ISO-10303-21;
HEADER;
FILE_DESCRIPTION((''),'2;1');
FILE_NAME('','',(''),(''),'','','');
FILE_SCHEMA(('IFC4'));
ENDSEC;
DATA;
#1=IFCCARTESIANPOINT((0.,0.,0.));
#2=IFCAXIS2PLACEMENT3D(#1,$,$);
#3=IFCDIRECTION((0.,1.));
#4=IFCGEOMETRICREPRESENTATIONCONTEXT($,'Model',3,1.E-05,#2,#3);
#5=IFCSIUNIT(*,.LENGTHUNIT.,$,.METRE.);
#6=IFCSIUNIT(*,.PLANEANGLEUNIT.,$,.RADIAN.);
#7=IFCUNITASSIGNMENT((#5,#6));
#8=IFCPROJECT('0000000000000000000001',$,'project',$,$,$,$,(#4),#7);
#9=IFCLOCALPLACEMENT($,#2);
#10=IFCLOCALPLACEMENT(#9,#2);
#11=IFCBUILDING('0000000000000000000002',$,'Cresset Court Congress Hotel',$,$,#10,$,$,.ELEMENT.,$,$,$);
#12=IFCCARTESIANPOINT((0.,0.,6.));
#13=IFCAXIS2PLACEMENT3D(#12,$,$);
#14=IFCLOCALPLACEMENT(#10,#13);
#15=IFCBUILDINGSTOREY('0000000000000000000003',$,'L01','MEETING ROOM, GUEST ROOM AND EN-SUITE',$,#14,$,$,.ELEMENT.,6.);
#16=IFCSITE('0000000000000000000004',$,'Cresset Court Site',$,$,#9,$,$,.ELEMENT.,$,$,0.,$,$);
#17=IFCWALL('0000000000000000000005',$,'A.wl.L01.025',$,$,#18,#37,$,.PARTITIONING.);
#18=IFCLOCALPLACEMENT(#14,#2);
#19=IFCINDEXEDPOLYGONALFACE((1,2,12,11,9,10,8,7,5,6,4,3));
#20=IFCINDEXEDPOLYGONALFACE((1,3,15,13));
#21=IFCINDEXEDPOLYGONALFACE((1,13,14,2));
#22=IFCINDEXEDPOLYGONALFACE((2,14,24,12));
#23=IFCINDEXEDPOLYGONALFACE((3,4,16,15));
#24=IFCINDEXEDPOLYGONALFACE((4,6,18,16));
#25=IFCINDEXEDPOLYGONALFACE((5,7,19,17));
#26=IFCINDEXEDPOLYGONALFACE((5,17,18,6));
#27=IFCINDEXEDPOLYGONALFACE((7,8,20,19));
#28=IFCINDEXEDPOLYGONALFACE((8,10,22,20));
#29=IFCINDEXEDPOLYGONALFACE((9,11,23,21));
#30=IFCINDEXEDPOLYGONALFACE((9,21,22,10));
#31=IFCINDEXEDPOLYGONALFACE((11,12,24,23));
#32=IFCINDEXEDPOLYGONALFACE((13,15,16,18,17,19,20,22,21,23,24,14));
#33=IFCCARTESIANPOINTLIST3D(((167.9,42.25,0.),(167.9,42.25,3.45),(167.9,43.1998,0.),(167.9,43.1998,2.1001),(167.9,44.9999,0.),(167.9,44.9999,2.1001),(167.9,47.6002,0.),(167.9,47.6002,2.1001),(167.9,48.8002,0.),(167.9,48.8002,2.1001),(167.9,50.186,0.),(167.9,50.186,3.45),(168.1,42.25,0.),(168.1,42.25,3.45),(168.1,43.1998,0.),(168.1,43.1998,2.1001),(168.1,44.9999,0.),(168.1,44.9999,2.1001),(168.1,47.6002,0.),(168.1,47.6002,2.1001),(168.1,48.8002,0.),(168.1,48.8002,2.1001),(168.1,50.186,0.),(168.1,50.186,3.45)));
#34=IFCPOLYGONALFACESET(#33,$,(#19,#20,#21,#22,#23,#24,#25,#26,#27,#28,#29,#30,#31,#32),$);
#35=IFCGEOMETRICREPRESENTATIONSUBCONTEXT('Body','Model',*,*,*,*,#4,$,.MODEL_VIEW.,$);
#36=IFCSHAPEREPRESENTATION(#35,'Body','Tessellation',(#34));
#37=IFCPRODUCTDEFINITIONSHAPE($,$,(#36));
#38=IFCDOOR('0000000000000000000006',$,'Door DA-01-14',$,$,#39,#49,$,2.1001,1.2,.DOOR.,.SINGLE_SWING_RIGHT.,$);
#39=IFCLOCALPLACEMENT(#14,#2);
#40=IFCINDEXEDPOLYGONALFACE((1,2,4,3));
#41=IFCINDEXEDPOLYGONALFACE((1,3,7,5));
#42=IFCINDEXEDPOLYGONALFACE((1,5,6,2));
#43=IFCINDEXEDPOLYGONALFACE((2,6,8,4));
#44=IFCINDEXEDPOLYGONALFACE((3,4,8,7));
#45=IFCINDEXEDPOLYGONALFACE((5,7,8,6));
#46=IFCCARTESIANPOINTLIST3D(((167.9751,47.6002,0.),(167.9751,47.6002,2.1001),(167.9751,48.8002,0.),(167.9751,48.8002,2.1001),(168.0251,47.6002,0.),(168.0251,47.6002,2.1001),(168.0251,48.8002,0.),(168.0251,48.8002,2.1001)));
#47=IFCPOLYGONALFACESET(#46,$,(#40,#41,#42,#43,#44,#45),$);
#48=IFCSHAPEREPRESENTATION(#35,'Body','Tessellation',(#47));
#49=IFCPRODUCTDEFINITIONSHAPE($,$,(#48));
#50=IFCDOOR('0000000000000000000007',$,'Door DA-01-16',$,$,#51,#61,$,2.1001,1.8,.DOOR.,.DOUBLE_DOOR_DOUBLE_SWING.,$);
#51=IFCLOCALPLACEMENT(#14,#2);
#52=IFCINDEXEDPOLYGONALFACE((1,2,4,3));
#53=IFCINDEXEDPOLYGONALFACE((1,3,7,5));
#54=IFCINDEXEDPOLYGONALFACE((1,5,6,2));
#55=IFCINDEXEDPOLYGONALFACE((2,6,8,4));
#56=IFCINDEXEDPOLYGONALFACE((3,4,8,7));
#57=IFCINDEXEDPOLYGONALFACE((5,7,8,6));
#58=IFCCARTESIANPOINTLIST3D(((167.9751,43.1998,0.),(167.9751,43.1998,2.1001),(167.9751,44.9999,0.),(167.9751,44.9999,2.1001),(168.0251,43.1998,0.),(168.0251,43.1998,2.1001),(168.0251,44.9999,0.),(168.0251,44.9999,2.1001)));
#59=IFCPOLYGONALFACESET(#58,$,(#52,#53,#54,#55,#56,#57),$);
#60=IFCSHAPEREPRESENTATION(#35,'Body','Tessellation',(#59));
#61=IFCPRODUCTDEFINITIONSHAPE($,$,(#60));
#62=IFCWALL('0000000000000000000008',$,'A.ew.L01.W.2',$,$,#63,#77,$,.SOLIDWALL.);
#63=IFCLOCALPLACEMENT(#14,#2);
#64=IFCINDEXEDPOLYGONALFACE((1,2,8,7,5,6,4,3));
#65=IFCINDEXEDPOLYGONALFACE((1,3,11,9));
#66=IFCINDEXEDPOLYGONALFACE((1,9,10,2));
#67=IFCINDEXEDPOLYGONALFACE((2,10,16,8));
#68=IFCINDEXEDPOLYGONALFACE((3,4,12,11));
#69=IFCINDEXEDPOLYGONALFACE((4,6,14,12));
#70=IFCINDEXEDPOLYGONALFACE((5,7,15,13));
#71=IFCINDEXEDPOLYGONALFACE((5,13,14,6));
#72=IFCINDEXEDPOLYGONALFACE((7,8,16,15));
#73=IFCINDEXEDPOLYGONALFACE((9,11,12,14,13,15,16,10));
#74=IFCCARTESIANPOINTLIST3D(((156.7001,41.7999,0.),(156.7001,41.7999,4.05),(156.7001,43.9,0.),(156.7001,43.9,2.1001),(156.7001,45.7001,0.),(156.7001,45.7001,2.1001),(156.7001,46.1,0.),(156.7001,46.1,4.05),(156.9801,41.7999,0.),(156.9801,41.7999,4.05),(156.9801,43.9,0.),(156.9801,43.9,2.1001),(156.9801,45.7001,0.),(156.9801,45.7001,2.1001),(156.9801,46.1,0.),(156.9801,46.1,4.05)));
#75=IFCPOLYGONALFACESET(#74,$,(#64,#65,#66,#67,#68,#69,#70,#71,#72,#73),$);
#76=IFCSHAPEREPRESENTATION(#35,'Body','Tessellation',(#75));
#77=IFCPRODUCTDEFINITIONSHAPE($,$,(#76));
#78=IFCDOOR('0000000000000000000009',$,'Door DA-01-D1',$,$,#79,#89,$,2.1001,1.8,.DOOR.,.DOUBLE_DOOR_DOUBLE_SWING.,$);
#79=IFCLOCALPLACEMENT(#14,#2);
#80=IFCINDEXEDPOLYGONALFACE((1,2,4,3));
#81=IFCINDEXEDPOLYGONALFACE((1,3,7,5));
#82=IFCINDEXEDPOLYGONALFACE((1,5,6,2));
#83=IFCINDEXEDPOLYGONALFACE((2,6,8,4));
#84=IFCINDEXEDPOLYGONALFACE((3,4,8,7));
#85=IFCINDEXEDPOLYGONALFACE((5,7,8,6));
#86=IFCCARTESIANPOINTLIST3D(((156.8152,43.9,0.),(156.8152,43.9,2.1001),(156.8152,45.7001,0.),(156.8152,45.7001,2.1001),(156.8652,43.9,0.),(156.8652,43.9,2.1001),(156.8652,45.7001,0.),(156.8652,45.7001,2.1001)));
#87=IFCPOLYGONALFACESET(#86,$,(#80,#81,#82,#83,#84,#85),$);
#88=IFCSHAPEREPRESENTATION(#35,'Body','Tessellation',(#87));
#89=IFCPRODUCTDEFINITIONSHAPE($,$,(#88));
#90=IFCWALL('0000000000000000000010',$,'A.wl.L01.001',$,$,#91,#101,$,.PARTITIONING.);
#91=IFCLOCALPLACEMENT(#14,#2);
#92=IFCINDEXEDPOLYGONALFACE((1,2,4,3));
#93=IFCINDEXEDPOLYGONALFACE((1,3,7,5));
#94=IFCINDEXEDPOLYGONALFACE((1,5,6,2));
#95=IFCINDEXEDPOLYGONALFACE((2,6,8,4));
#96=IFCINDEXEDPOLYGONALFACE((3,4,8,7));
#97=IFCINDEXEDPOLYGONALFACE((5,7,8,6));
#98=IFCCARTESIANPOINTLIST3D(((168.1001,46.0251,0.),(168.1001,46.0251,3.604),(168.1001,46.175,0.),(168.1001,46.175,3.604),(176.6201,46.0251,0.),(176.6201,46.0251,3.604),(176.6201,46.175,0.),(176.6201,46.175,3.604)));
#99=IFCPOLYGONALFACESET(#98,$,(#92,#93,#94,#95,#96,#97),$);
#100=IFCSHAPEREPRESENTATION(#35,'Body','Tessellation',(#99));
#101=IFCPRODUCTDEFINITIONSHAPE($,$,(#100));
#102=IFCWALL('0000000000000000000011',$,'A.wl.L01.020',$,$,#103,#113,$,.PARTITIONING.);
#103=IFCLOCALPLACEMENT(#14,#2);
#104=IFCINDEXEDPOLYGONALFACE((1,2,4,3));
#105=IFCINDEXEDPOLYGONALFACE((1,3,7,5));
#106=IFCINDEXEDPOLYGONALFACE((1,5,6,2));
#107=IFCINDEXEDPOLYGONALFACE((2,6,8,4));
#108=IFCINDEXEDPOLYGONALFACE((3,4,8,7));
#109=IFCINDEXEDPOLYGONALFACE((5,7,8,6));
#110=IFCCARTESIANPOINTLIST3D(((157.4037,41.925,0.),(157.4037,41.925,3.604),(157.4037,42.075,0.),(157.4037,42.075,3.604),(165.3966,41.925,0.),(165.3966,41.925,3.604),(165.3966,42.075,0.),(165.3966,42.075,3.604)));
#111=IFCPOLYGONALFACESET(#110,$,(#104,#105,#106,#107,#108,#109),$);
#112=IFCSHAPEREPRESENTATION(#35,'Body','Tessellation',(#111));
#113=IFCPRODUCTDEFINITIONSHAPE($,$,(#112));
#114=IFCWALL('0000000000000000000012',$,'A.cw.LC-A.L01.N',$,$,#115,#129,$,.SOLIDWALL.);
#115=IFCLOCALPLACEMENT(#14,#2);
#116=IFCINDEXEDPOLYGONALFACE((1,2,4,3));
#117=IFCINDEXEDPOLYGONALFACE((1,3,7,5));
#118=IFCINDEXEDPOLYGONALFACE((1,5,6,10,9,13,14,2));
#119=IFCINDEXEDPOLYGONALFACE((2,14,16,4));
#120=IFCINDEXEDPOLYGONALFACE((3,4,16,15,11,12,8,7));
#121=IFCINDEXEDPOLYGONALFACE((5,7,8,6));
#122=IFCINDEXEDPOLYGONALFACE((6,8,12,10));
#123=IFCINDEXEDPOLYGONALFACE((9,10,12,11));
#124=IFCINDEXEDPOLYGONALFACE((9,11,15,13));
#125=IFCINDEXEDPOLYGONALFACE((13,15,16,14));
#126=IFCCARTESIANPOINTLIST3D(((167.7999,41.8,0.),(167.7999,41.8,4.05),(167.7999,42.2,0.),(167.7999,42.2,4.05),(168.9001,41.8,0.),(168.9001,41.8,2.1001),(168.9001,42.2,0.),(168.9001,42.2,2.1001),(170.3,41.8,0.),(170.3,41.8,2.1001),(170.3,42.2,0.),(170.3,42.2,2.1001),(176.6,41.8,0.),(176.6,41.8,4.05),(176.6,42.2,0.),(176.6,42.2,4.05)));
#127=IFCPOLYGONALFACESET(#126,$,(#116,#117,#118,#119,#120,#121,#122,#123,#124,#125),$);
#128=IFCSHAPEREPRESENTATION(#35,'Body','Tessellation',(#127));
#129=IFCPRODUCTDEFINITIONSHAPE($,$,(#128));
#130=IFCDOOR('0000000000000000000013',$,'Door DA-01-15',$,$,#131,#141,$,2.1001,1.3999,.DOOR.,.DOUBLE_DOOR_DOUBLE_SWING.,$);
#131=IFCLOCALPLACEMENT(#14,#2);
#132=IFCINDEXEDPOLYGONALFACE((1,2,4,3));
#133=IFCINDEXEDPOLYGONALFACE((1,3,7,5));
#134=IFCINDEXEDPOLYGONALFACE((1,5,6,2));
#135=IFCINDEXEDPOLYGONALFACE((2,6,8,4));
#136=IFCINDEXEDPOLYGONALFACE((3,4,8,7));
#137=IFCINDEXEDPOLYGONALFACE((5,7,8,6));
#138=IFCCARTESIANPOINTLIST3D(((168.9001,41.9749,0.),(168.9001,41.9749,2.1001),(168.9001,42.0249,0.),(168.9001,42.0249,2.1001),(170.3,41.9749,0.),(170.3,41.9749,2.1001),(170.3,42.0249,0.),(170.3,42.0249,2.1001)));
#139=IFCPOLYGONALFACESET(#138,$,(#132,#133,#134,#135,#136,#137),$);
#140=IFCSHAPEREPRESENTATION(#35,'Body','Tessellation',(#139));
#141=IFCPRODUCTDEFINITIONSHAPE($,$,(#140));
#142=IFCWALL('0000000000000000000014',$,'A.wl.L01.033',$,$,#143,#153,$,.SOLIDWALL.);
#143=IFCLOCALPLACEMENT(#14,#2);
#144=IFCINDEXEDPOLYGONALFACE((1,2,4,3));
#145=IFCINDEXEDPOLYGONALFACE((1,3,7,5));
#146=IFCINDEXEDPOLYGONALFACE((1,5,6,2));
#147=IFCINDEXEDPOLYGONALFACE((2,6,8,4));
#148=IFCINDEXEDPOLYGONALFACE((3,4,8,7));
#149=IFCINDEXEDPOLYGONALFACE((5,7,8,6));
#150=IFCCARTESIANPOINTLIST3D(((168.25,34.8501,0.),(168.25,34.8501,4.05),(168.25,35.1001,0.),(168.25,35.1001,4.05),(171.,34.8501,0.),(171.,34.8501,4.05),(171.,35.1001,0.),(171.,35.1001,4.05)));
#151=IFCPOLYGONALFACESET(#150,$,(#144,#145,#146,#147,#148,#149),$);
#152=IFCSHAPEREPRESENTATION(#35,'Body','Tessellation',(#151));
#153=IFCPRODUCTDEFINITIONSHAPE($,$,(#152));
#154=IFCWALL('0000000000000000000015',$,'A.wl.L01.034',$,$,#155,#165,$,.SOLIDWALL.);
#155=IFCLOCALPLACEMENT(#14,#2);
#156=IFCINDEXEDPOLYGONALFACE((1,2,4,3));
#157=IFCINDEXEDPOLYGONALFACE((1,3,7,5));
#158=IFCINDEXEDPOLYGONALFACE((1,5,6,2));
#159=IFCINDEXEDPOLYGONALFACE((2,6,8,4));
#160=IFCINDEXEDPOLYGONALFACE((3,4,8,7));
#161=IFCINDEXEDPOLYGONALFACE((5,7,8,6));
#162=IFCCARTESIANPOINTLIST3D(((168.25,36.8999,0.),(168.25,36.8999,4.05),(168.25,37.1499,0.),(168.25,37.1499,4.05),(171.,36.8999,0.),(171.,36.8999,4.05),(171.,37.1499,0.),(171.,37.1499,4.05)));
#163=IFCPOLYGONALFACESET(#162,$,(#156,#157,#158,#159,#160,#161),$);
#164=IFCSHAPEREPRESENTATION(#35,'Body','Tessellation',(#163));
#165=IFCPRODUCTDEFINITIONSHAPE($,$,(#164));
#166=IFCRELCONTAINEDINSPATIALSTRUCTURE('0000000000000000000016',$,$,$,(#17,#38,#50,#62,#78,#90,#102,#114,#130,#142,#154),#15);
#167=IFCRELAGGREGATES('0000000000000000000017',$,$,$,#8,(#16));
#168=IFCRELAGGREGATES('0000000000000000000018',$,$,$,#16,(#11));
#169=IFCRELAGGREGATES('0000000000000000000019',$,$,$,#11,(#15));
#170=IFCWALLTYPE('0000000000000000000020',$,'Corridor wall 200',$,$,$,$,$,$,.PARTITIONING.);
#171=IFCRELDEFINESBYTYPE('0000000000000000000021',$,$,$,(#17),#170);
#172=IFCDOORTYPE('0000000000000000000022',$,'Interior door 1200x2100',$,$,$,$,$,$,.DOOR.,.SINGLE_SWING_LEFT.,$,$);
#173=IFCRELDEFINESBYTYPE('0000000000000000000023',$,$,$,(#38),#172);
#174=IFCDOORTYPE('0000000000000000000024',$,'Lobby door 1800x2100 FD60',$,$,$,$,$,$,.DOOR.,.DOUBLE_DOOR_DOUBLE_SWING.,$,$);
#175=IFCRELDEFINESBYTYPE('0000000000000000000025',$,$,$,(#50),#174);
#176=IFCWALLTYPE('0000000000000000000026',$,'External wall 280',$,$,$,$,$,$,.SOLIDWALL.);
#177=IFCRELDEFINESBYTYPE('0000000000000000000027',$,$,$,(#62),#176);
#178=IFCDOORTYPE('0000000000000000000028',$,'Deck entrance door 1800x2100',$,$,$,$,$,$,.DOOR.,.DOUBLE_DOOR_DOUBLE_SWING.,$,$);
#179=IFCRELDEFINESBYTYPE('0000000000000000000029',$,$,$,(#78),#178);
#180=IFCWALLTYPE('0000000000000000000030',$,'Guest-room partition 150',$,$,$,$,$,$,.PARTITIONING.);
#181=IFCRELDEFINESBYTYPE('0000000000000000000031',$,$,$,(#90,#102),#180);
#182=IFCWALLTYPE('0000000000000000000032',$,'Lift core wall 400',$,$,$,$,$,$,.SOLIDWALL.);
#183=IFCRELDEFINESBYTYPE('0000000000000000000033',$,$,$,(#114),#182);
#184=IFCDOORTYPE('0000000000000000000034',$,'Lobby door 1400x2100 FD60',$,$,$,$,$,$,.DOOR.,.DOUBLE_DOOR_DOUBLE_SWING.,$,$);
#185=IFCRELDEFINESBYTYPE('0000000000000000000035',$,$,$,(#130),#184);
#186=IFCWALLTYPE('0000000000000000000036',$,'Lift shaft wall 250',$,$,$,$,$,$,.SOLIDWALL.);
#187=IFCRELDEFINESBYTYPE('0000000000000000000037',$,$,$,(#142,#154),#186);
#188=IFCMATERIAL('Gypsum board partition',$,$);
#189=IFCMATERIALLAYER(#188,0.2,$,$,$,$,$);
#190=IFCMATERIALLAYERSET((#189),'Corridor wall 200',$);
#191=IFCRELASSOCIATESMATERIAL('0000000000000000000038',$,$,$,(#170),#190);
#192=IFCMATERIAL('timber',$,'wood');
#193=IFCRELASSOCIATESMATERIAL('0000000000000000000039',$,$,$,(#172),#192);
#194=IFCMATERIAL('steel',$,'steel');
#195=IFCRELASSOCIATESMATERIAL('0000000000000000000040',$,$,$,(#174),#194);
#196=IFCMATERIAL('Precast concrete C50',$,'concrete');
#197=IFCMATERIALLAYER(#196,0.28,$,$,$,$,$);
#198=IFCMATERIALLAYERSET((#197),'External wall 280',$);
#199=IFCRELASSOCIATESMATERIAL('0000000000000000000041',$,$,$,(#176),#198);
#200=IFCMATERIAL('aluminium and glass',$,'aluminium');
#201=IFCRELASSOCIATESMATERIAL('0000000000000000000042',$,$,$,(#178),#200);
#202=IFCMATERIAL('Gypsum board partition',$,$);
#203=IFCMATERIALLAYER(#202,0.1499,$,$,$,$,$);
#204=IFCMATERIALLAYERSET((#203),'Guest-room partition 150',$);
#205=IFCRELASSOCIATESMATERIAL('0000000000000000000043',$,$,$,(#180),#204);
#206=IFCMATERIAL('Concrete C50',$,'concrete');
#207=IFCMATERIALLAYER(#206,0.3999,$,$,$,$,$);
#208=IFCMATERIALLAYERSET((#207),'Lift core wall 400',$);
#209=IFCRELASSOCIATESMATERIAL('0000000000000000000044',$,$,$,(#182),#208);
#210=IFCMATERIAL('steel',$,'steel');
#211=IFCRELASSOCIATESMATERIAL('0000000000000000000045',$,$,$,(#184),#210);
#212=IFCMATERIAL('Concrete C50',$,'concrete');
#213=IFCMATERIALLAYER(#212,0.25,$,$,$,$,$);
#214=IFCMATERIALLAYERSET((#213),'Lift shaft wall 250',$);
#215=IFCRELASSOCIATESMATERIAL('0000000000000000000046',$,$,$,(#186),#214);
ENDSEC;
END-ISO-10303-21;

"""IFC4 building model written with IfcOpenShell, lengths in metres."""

from ifc_helpers import new_model, si_unit, direction, frame, frame_2d, origin, place, context, subcontext, project, spatial, rectangle, extrude, material, layer, layer_set, type_object, element, fill, save


model = new_model("IFC4")

# Units and contexts
model_context = context("Model", 3, precision=1e-05, world=origin(), true_north=direction((0.0, 1.0)))
body_context = subcontext(model_context, "Body", "Model", "MODEL_VIEW")
ifc_project = project(units=[si_unit("LENGTHUNIT", "METRE"), si_unit("PLANEANGLEUNIT", "RADIAN")], contexts=[model_context])

# Site, building, storey
site_placement = place(None, origin())
site = spatial("IfcSite", under=ifc_project, at=site_placement, Name="Cresset Court Site", CompositionType="ELEMENT", RefElevation=0.0)
building_placement = place(site_placement, origin())
building = spatial("IfcBuilding", under=site, at=building_placement, Name="Cresset Court Congress Hotel", CompositionType="ELEMENT")
storey_placement = place(building_placement, frame((0.0, 0.0, 6.0)))
storey = spatial("IfcBuildingStorey", under=building, at=storey_placement, Name="L01", Description="MEETING ROOM, GUEST ROOM AND EN-SUITE", CompositionType="ELEMENT", Elevation=6.0)

# Shared definitions
ifc_material_1 = material(Name="Gypsum board partition")
ifc_layer_1 = layer(ifc_material_1, 0.2)
ifc_layer_set_1 = layer_set([ifc_layer_1], Name="Corridor wall 200")
wall_type_1 = type_object("IfcWallType", Name="Corridor wall 200", PredefinedType="PARTITIONING", material=ifc_layer_set_1)

# Wall, openings, doors
wall_1_placement = place(storey_placement, frame((168.0, 42.25, 0.0), z_axis=(0.0, 0.0, 1.0), x_axis=(0.0, 1.0, 0.0)))
wall_1 = element("IfcWall", 1, at=wall_1_placement, inside=storey, type_object=wall_type_1, Name="A.wl.L01.025", PredefinedType="PARTITIONING", context=body_context, shape_type="SweptSolid", body=[
    extrude(rectangle(XDim=7.936, YDim=0.2, at=frame_2d((3.968, 0.0))), origin(), (0.0, 0.0, 1.0), 3.45),
])
opening_1_placement = place(wall_1_placement, frame((5.3501, 0.0, 0.0)))
opening_1 = element("IfcOpeningElement", 2, at=opening_1_placement, cuts=wall_1, PredefinedType="OPENING", context=body_context, shape_type="SweptSolid", body=[
    extrude(rectangle(XDim=1.2, YDim=2.1001, at=frame_2d((0.6001, 1.05))), frame((0.0, 0.1099, 0.0), z_axis=(0.0, -1.0, 0.0), x_axis=(1.0, 0.0, 0.0)), (0.0, 0.0, 1.0), 0.22),
])
opening_2_placement = place(wall_1_placement, frame((0.95, 0.0, 0.0)))
opening_2 = element("IfcOpeningElement", 3, at=opening_2_placement, cuts=wall_1, PredefinedType="OPENING", context=body_context, shape_type="SweptSolid", body=[
    extrude(rectangle(XDim=1.8, YDim=2.1001, at=frame_2d((0.8999, 1.05))), frame((0.0, 0.1099, 0.0), z_axis=(0.0, -1.0, 0.0), x_axis=(1.0, 0.0, 0.0)), (0.0, 0.0, 1.0), 0.22),
])
ifc_material_2 = material(Name="timber", Category="wood")
door_type_1 = type_object("IfcDoorType", Name="Interior door 1200x2100", OperationType="SINGLE_SWING_LEFT", PredefinedType="DOOR", material=ifc_material_2)
door_1_placement = place(opening_1_placement, origin())
door_1 = element("IfcDoor", 4, at=door_1_placement, inside=storey, type_object=door_type_1, Name="Door DA-01-14", OperationType="SINGLE_SWING_RIGHT", OverallHeight=2.1001, OverallWidth=1.2, PredefinedType="DOOR", context=body_context, shape_type="SweptSolid", body=[
    extrude(rectangle(XDim=1.2, YDim=2.1001, at=frame_2d((0.6001, 1.05))), frame((0.0, 0.0249, 0.0), z_axis=(0.0, -1.0, 0.0), x_axis=(1.0, 0.0, 0.0)), (0.0, 0.0, 1.0), 0.05),
])
fill(opening_1, door_1)
ifc_material_3 = material(Name="steel", Category="steel")
door_type_2 = type_object("IfcDoorType", Name="Lobby door 1800x2100 FD60", OperationType="DOUBLE_DOOR_DOUBLE_SWING", PredefinedType="DOOR", material=ifc_material_3)
door_2_placement = place(opening_2_placement, origin())
door_2 = element("IfcDoor", 5, at=door_2_placement, inside=storey, type_object=door_type_2, Name="Door DA-01-16", OperationType="DOUBLE_DOOR_DOUBLE_SWING", OverallHeight=2.1001, OverallWidth=1.8, PredefinedType="DOOR", context=body_context, shape_type="SweptSolid", body=[
    extrude(rectangle(XDim=1.8, YDim=2.1001, at=frame_2d((0.8999, 1.05))), frame((0.0, 0.0249, 0.0), z_axis=(0.0, -1.0, 0.0), x_axis=(1.0, 0.0, 0.0)), (0.0, 0.0, 1.0), 0.05),
])
fill(opening_2, door_2)

# Wall, opening, door
ifc_material_4 = material(Name="Precast concrete C50", Category="concrete")
ifc_layer_2 = layer(ifc_material_4, 0.28)
ifc_layer_set_2 = layer_set([ifc_layer_2], Name="External wall 280")
wall_type_2 = type_object("IfcWallType", Name="External wall 280", PredefinedType="SOLIDWALL", material=ifc_layer_set_2)
wall_2_placement = place(storey_placement, frame((156.8401, 41.8, 0.0), z_axis=(0.0, 0.0, 1.0), x_axis=(0.0, 1.0, 0.0)))
wall_2 = element("IfcWall", 6, at=wall_2_placement, inside=storey, type_object=wall_type_2, Name="A.ew.L01.W.2", PredefinedType="SOLIDWALL", context=body_context, shape_type="SweptSolid", body=[
    extrude(rectangle(XDim=4.3, YDim=0.28, at=frame_2d((2.1499, 0.0))), origin(), (0.0, 0.0, 1.0), 4.05),
])
opening_3_placement = place(wall_2_placement, frame((2.1001, 0.0, 0.0)))
opening_3 = element("IfcOpeningElement", 7, at=opening_3_placement, cuts=wall_2, PredefinedType="OPENING", context=body_context, shape_type="SweptSolid", body=[
    extrude(rectangle(XDim=1.8, YDim=2.1001, at=frame_2d((0.8999, 1.05))), frame((0.0, 0.1499, 0.0), z_axis=(0.0, -1.0, 0.0), x_axis=(1.0, 0.0, 0.0)), (0.0, 0.0, 1.0), 0.3),
])
ifc_material_5 = material(Name="aluminium and glass", Category="aluminium")
door_type_3 = type_object("IfcDoorType", Name="Deck entrance door 1800x2100", OperationType="DOUBLE_DOOR_DOUBLE_SWING", PredefinedType="DOOR", material=ifc_material_5)
door_3_placement = place(opening_3_placement, origin())
door_3 = element("IfcDoor", 8, at=door_3_placement, inside=storey, type_object=door_type_3, Name="Door DA-01-D1", OperationType="DOUBLE_DOOR_DOUBLE_SWING", OverallHeight=2.1001, OverallWidth=1.8, PredefinedType="DOOR", context=body_context, shape_type="SweptSolid", body=[
    extrude(rectangle(XDim=1.8, YDim=2.1001, at=frame_2d((0.8999, 1.05))), frame((0.0, 0.0249, 0.0), z_axis=(0.0, -1.0, 0.0), x_axis=(1.0, 0.0, 0.0)), (0.0, 0.0, 1.0), 0.05),
])
fill(opening_3, door_3)

# Walls
ifc_material_6 = material(Name="Gypsum board partition")
ifc_layer_3 = layer(ifc_material_6, 0.1499)
ifc_layer_set_3 = layer_set([ifc_layer_3], Name="Guest-room partition 150")
wall_type_3 = type_object("IfcWallType", Name="Guest-room partition 150", PredefinedType="PARTITIONING", material=ifc_layer_set_3)
wall_3_placement = place(storey_placement, frame((168.1001, 46.1001, 0.0), z_axis=(0.0, 0.0, 1.0), x_axis=(1.0, 0.0, 0.0)))
element("IfcWall", 9, at=wall_3_placement, inside=storey, type_object=wall_type_3, Name="A.wl.L01.001", PredefinedType="PARTITIONING", context=body_context, shape_type="SweptSolid", body=[
    extrude(rectangle(XDim=8.52, YDim=0.1499, at=frame_2d((4.26, 0.0))), origin(), (0.0, 0.0, 1.0), 3.604),
])
wall_4_placement = place(storey_placement, frame((157.4036, 42.0, 0.0), z_axis=(0.0, 0.0, 1.0), x_axis=(1.0, 0.0, 0.0)))
element("IfcWall", 10, at=wall_4_placement, inside=storey, type_object=wall_type_3, Name="A.wl.L01.020", PredefinedType="PARTITIONING", context=body_context, shape_type="SweptSolid", body=[
    extrude(rectangle(XDim=7.9929, YDim=0.1499, at=frame_2d((3.9966, 0.0))), origin(), (0.0, 0.0, 1.0), 3.604),
])

# Wall, opening, door
ifc_material_7 = material(Name="Concrete C50", Category="concrete")
ifc_layer_4 = layer(ifc_material_7, 0.3999)
ifc_layer_set_4 = layer_set([ifc_layer_4], Name="Lift core wall 400")
wall_type_4 = type_object("IfcWallType", Name="Lift core wall 400", PredefinedType="SOLIDWALL", material=ifc_layer_set_4)
wall_5_placement = place(storey_placement, frame((167.8, 42.0, 0.0), z_axis=(0.0, 0.0, 1.0), x_axis=(1.0, 0.0, 0.0)))
wall_5 = element("IfcWall", 11, at=wall_5_placement, inside=storey, type_object=wall_type_4, Name="A.cw.LC-A.L01.N", PredefinedType="SOLIDWALL", context=body_context, shape_type="SweptSolid", body=[
    extrude(rectangle(XDim=8.8, YDim=0.3999, at=frame_2d((4.3999, 0.0))), origin(), (0.0, 0.0, 1.0), 4.05),
])
opening_4_placement = place(wall_5_placement, frame((1.1001, 0.0, 0.0)))
opening_4 = element("IfcOpeningElement", 12, at=opening_4_placement, cuts=wall_5, PredefinedType="OPENING", context=body_context, shape_type="SweptSolid", body=[
    extrude(rectangle(XDim=1.3999, YDim=2.1001, at=frame_2d((0.7, 1.05))), frame((0.0, 0.21, 0.0), z_axis=(0.0, -1.0, 0.0), x_axis=(1.0, 0.0, 0.0)), (0.0, 0.0, 1.0), 0.4199),
])
ifc_material_8 = material(Name="steel", Category="steel")
door_type_4 = type_object("IfcDoorType", Name="Lobby door 1400x2100 FD60", OperationType="DOUBLE_DOOR_DOUBLE_SWING", PredefinedType="DOOR", material=ifc_material_8)
door_4_placement = place(opening_4_placement, origin())
door_4 = element("IfcDoor", 13, at=door_4_placement, inside=storey, type_object=door_type_4, Name="Door DA-01-15", OperationType="DOUBLE_DOOR_DOUBLE_SWING", OverallHeight=2.1001, OverallWidth=1.3999, PredefinedType="DOOR", context=body_context, shape_type="SweptSolid", body=[
    extrude(rectangle(XDim=1.3999, YDim=2.1001, at=frame_2d((0.7, 1.05))), frame((0.0, 0.0249, 0.0), z_axis=(0.0, -1.0, 0.0), x_axis=(1.0, 0.0, 0.0)), (0.0, 0.0, 1.0), 0.05),
])
fill(opening_4, door_4)

# Walls
ifc_material_9 = material(Name="Concrete C50", Category="concrete")
ifc_layer_5 = layer(ifc_material_9, 0.25)
ifc_layer_set_5 = layer_set([ifc_layer_5], Name="Lift shaft wall 250")
wall_type_5 = type_object("IfcWallType", Name="Lift shaft wall 250", PredefinedType="SOLIDWALL", material=ifc_layer_set_5)
for number, where, z_axis, x_axis, name in (
    (14, (168.25, 34.9751, 0.0), (0.0, 0.0, 1.0), (1.0, 0.0, 0.0), "A.wl.L01.033"),
    (15, (168.25, 37.0249, 0.0), (0.0, 0.0, 1.0), (1.0, 0.0, 0.0), "A.wl.L01.034"),
):
    element("IfcWall", number, at=place(storey_placement, frame(where, z_axis=z_axis, x_axis=x_axis)), inside=storey, type_object=wall_type_5, Name=name, PredefinedType="SOLIDWALL", context=body_context, shape_type="SweptSolid", body=[
        extrude(rectangle(XDim=2.75, YDim=0.25, at=frame_2d((1.375, 0.0))), origin(), (0.0, 0.0, 1.0), 4.05),
    ])

save(model, "model.ifc")
